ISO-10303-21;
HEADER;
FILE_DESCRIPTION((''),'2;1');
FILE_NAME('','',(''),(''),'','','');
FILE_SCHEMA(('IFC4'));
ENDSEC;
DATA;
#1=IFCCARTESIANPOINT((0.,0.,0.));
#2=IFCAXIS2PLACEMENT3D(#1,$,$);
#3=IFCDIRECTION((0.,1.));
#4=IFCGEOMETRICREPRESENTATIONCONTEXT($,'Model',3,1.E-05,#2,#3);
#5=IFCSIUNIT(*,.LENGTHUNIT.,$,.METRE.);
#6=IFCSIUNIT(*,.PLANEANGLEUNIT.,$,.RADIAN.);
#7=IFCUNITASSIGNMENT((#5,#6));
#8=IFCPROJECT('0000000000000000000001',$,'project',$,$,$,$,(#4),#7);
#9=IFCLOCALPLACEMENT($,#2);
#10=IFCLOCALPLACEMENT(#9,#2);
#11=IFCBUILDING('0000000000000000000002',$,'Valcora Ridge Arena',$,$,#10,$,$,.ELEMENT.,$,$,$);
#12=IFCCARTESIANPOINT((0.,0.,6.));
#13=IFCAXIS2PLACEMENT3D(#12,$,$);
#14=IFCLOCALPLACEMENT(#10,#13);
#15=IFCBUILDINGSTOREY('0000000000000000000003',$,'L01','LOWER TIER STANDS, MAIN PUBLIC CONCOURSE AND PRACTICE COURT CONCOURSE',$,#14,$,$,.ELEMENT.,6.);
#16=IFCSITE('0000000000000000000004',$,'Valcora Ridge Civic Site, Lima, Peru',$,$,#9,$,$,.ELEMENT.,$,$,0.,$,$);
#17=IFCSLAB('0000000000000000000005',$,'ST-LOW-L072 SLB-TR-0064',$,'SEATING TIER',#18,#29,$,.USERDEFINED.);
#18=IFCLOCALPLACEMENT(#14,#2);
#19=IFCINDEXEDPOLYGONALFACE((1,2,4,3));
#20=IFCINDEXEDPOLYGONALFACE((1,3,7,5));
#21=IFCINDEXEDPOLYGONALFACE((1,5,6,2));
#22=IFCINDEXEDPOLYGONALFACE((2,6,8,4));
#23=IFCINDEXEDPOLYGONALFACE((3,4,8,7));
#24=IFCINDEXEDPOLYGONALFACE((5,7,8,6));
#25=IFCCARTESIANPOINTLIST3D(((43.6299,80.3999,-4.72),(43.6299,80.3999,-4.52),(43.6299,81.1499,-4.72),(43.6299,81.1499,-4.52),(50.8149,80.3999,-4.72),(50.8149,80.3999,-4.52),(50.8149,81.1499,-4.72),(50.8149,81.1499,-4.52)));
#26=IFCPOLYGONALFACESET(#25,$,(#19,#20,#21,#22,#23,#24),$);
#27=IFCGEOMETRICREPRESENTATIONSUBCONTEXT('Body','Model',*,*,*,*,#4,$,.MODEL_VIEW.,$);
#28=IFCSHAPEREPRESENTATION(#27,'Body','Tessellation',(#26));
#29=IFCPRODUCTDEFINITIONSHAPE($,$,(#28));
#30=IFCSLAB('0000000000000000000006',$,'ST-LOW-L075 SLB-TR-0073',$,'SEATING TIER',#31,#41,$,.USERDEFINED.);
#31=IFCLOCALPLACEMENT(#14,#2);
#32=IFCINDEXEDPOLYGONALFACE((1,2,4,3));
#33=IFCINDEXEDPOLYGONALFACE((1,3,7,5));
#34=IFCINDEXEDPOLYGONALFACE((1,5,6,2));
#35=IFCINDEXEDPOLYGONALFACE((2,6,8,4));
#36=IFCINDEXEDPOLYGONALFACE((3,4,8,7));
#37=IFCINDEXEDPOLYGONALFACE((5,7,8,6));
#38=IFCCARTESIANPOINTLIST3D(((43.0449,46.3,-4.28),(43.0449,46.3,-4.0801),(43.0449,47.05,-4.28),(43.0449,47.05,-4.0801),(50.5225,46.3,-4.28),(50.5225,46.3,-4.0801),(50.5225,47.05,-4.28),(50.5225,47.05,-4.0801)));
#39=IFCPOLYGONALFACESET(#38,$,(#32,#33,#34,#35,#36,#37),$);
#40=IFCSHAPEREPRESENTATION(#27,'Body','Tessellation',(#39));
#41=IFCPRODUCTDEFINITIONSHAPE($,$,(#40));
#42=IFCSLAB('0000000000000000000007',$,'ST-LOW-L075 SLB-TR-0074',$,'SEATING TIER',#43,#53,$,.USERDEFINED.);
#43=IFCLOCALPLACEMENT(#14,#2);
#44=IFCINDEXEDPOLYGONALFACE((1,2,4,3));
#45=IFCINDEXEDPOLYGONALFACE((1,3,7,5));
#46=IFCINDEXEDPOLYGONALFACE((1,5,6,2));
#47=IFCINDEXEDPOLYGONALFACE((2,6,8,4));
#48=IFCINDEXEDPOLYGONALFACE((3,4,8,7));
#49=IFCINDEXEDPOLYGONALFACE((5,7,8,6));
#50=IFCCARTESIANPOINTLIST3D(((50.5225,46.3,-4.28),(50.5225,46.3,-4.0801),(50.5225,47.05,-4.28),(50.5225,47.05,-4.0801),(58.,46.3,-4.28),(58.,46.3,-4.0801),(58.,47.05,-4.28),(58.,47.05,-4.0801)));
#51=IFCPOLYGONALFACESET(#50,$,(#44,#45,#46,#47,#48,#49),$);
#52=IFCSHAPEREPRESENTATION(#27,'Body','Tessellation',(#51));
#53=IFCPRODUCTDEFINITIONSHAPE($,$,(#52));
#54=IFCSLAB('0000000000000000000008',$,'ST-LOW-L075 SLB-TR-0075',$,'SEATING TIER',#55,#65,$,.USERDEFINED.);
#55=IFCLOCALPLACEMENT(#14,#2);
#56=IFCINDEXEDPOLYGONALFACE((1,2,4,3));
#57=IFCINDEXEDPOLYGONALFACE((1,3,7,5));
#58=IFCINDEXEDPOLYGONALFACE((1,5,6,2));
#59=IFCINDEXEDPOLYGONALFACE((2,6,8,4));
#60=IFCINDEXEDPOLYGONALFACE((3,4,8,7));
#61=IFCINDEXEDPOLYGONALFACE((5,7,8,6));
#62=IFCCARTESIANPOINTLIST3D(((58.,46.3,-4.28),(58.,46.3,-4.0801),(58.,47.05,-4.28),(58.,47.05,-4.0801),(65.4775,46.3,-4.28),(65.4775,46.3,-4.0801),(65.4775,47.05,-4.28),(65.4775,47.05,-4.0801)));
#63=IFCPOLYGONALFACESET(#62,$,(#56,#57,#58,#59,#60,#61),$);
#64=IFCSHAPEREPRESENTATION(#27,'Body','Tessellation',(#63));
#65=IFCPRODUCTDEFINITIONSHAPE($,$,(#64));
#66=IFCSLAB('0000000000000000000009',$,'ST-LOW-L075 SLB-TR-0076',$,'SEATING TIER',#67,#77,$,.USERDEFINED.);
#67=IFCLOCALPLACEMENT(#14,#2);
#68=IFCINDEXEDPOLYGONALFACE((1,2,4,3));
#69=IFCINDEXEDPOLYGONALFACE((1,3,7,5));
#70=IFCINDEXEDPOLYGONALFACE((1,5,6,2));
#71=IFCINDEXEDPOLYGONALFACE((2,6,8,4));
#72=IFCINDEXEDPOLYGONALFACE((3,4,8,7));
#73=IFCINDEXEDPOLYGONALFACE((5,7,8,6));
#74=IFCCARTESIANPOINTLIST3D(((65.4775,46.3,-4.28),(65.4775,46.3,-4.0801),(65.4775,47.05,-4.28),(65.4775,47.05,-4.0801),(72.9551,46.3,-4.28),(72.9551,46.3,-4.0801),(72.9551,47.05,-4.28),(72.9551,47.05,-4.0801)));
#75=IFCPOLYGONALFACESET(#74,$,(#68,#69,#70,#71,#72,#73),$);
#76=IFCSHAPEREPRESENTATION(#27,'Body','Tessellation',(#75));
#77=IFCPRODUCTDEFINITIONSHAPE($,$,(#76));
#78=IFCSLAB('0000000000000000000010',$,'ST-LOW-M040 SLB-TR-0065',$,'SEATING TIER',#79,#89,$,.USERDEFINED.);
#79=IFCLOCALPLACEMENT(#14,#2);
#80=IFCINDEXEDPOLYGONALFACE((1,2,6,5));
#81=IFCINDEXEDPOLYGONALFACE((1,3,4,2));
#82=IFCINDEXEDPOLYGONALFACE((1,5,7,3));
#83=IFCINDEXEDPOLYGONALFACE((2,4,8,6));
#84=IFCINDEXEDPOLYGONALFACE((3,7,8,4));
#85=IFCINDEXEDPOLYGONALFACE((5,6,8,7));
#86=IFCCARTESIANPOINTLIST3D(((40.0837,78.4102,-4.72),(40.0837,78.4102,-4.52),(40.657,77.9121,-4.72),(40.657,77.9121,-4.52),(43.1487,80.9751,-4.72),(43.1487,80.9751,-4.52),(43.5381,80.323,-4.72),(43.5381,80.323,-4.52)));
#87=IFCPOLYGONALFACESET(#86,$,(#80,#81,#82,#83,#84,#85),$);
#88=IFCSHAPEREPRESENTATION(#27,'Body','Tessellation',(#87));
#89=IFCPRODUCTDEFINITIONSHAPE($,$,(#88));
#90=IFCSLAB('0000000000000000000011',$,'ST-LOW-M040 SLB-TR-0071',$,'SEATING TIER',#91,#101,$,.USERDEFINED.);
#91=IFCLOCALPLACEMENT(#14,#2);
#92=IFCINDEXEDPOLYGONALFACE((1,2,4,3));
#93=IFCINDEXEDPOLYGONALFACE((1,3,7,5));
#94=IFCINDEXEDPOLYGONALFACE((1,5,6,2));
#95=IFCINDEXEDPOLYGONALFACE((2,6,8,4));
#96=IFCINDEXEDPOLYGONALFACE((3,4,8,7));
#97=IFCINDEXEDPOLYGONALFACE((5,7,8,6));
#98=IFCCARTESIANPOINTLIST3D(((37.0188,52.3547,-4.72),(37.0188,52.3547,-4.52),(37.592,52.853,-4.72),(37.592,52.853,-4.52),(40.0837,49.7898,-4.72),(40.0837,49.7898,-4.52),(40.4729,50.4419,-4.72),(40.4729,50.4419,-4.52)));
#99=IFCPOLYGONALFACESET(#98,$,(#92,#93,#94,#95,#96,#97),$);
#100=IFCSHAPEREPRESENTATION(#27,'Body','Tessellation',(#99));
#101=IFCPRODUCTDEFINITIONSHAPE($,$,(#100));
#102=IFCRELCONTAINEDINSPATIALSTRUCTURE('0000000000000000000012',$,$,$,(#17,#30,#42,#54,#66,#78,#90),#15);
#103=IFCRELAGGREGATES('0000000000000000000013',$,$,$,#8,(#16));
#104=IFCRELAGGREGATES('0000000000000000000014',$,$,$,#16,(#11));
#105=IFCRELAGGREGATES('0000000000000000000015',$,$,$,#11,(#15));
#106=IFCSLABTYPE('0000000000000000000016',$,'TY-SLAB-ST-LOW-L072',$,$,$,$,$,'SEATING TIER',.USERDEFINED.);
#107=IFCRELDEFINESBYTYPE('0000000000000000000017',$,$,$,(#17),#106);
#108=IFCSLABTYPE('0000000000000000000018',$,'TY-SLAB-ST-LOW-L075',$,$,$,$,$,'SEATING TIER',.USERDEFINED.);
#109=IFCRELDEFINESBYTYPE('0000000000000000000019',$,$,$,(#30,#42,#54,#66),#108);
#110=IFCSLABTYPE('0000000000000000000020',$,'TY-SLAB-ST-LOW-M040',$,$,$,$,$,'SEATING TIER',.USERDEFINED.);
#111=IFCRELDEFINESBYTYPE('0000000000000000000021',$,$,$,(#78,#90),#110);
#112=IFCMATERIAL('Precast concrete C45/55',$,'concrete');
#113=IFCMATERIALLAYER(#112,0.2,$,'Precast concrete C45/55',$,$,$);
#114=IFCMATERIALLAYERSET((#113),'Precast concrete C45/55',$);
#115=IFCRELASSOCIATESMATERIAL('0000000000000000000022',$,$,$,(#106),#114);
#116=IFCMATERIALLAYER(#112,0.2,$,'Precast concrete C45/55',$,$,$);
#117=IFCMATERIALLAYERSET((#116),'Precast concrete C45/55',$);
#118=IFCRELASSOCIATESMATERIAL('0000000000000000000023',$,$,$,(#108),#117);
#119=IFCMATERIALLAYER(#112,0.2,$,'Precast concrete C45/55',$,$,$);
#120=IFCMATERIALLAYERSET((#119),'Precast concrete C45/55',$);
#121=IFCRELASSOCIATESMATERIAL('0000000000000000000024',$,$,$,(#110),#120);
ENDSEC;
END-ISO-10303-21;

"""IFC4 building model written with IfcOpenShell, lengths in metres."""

from ifc_helpers import new_model, si_unit, direction, frame, origin, place, context, subcontext, project, spatial, polyline, outline, extrude, material, layer, layer_set, type_object, element, save


model = new_model("IFC4")

# Units and contexts
model_context = context("Model", 3, precision=1e-05, world=origin(), true_north=direction((0.0, 1.0)))
body_context = subcontext(model_context, "Body", "Model", "MODEL_VIEW")
ifc_project = project(units=[si_unit("LENGTHUNIT", "METRE"), si_unit("PLANEANGLEUNIT", "RADIAN")], contexts=[model_context])

# Site, building, storey
site_placement = place(None, origin())
site = spatial("IfcSite", under=ifc_project, at=site_placement, Name="Valcora Ridge Civic Site, Lima, Peru", CompositionType="ELEMENT", RefElevation=0.0)
building_placement = place(site_placement, origin())
building = spatial("IfcBuilding", under=site, at=building_placement, Name="Valcora Ridge Arena", CompositionType="ELEMENT")
storey_placement = place(building_placement, frame((0.0, 0.0, 6.0)))
storey = spatial("IfcBuildingStorey", under=building, at=storey_placement, Name="L01", Description="LOWER TIER STANDS, MAIN PUBLIC CONCOURSE AND PRACTICE COURT CONCOURSE", CompositionType="ELEMENT", Elevation=6.0)

# Slabs
ifc_material = material(Name="Precast concrete C45/55", Category="concrete")
ifc_layer_1 = layer(ifc_material, 0.2, Name="Precast concrete C45/55")
ifc_layer_set_1 = layer_set([ifc_layer_1], Name="Precast concrete C45/55")
slab_type_1 = type_object("IfcSlabType", Name="TY-SLAB-ST-LOW-L072", ElementType="SEATING TIER", PredefinedType="USERDEFINED", material=ifc_layer_set_1)
slab_1_placement = place(storey_placement, frame((0.0, 0.0, -4.72)))
element("IfcSlab", 1, at=slab_1_placement, inside=storey, type_object=slab_type_1, Name="ST-LOW-L072 SLB-TR-0064", ObjectType="SEATING TIER", PredefinedType="USERDEFINED", context=body_context, shape_type="SweptSolid", body=[
    extrude(outline(polyline([(50.8149, 80.3999), (43.6299, 80.3999), (43.6299, 81.1499), (50.8149, 81.1499), (50.8149, 80.3999)])), origin(), (0.0, 0.0, 1.0), 0.2),
])
ifc_layer_2 = layer(ifc_material, 0.2, Name="Precast concrete C45/55")
ifc_layer_set_2 = layer_set([ifc_layer_2], Name="Precast concrete C45/55")
slab_type_2 = type_object("IfcSlabType", Name="TY-SLAB-ST-LOW-L075", ElementType="SEATING TIER", PredefinedType="USERDEFINED", material=ifc_layer_set_2)
slab_2_placement = place(storey_placement, frame((0.0, 0.0, -4.28)))
element("IfcSlab", 2, at=slab_2_placement, inside=storey, type_object=slab_type_2, Name="ST-LOW-L075 SLB-TR-0073", ObjectType="SEATING TIER", PredefinedType="USERDEFINED", context=body_context, shape_type="SweptSolid", body=[
    extrude(outline(polyline([(43.0449, 47.05), (50.5225, 47.05), (50.5225, 46.3), (43.0449, 46.3), (43.0449, 47.05)])), origin(), (0.0, 0.0, 1.0), 0.2),
])
slab_3_placement = place(storey_placement, frame((0.0, 0.0, -4.28)))
element("IfcSlab", 3, at=slab_3_placement, inside=storey, type_object=slab_type_2, Name="ST-LOW-L075 SLB-TR-0074", ObjectType="SEATING TIER", PredefinedType="USERDEFINED", context=body_context, shape_type="SweptSolid", body=[
    extrude(outline(polyline([(50.5225, 47.05), (58.0, 47.05), (58.0, 46.3), (50.5225, 46.3), (50.5225, 47.05)])), origin(), (0.0, 0.0, 1.0), 0.2),
])
slab_4_placement = place(storey_placement, frame((0.0, 0.0, -4.28)))
element("IfcSlab", 4, at=slab_4_placement, inside=storey, type_object=slab_type_2, Name="ST-LOW-L075 SLB-TR-0075", ObjectType="SEATING TIER", PredefinedType="USERDEFINED", context=body_context, shape_type="SweptSolid", body=[
    extrude(outline(polyline([(58.0, 47.05), (65.4775, 47.05), (65.4775, 46.3), (58.0, 46.3), (58.0, 47.05)])), origin(), (0.0, 0.0, 1.0), 0.2),
])
slab_5_placement = place(storey_placement, frame((0.0, 0.0, -4.28)))
element("IfcSlab", 5, at=slab_5_placement, inside=storey, type_object=slab_type_2, Name="ST-LOW-L075 SLB-TR-0076", ObjectType="SEATING TIER", PredefinedType="USERDEFINED", context=body_context, shape_type="SweptSolid", body=[
    extrude(outline(polyline([(65.4775, 47.05), (72.9551, 47.05), (72.9551, 46.3), (65.4775, 46.3), (65.4775, 47.05)])), origin(), (0.0, 0.0, 1.0), 0.2),
])
ifc_layer_3 = layer(ifc_material, 0.2, Name="Precast concrete C45/55")
ifc_layer_set_3 = layer_set([ifc_layer_3], Name="Precast concrete C45/55")
slab_type_3 = type_object("IfcSlabType", Name="TY-SLAB-ST-LOW-M040", ElementType="SEATING TIER", PredefinedType="USERDEFINED", material=ifc_layer_set_3)
slab_6_placement = place(storey_placement, frame((0.0, 0.0, -4.72)))
element("IfcSlab", 6, at=slab_6_placement, inside=storey, type_object=slab_type_3, Name="ST-LOW-M040 SLB-TR-0065", ObjectType="SEATING TIER", PredefinedType="USERDEFINED", context=body_context, shape_type="SweptSolid", body=[
    extrude(outline(polyline([(43.5381, 80.323), (40.657, 77.9121), (40.0837, 78.4102), (43.1487, 80.9751), (43.5381, 80.323)])), origin(), (0.0, 0.0, 1.0), 0.2),
])
slab_7_placement = place(storey_placement, frame((0.0, 0.0, -4.72)))
element("IfcSlab", 7, at=slab_7_placement, inside=storey, type_object=slab_type_3, Name="ST-LOW-M040 SLB-TR-0071", ObjectType="SEATING TIER", PredefinedType="USERDEFINED", context=body_context, shape_type="SweptSolid", body=[
    extrude(outline(polyline([(37.592, 52.853), (40.4729, 50.4419), (40.0837, 49.7898), (37.0188, 52.3547), (37.592, 52.853)])), origin(), (0.0, 0.0, 1.0), 0.2),
])

save(model, "model.ifc")
